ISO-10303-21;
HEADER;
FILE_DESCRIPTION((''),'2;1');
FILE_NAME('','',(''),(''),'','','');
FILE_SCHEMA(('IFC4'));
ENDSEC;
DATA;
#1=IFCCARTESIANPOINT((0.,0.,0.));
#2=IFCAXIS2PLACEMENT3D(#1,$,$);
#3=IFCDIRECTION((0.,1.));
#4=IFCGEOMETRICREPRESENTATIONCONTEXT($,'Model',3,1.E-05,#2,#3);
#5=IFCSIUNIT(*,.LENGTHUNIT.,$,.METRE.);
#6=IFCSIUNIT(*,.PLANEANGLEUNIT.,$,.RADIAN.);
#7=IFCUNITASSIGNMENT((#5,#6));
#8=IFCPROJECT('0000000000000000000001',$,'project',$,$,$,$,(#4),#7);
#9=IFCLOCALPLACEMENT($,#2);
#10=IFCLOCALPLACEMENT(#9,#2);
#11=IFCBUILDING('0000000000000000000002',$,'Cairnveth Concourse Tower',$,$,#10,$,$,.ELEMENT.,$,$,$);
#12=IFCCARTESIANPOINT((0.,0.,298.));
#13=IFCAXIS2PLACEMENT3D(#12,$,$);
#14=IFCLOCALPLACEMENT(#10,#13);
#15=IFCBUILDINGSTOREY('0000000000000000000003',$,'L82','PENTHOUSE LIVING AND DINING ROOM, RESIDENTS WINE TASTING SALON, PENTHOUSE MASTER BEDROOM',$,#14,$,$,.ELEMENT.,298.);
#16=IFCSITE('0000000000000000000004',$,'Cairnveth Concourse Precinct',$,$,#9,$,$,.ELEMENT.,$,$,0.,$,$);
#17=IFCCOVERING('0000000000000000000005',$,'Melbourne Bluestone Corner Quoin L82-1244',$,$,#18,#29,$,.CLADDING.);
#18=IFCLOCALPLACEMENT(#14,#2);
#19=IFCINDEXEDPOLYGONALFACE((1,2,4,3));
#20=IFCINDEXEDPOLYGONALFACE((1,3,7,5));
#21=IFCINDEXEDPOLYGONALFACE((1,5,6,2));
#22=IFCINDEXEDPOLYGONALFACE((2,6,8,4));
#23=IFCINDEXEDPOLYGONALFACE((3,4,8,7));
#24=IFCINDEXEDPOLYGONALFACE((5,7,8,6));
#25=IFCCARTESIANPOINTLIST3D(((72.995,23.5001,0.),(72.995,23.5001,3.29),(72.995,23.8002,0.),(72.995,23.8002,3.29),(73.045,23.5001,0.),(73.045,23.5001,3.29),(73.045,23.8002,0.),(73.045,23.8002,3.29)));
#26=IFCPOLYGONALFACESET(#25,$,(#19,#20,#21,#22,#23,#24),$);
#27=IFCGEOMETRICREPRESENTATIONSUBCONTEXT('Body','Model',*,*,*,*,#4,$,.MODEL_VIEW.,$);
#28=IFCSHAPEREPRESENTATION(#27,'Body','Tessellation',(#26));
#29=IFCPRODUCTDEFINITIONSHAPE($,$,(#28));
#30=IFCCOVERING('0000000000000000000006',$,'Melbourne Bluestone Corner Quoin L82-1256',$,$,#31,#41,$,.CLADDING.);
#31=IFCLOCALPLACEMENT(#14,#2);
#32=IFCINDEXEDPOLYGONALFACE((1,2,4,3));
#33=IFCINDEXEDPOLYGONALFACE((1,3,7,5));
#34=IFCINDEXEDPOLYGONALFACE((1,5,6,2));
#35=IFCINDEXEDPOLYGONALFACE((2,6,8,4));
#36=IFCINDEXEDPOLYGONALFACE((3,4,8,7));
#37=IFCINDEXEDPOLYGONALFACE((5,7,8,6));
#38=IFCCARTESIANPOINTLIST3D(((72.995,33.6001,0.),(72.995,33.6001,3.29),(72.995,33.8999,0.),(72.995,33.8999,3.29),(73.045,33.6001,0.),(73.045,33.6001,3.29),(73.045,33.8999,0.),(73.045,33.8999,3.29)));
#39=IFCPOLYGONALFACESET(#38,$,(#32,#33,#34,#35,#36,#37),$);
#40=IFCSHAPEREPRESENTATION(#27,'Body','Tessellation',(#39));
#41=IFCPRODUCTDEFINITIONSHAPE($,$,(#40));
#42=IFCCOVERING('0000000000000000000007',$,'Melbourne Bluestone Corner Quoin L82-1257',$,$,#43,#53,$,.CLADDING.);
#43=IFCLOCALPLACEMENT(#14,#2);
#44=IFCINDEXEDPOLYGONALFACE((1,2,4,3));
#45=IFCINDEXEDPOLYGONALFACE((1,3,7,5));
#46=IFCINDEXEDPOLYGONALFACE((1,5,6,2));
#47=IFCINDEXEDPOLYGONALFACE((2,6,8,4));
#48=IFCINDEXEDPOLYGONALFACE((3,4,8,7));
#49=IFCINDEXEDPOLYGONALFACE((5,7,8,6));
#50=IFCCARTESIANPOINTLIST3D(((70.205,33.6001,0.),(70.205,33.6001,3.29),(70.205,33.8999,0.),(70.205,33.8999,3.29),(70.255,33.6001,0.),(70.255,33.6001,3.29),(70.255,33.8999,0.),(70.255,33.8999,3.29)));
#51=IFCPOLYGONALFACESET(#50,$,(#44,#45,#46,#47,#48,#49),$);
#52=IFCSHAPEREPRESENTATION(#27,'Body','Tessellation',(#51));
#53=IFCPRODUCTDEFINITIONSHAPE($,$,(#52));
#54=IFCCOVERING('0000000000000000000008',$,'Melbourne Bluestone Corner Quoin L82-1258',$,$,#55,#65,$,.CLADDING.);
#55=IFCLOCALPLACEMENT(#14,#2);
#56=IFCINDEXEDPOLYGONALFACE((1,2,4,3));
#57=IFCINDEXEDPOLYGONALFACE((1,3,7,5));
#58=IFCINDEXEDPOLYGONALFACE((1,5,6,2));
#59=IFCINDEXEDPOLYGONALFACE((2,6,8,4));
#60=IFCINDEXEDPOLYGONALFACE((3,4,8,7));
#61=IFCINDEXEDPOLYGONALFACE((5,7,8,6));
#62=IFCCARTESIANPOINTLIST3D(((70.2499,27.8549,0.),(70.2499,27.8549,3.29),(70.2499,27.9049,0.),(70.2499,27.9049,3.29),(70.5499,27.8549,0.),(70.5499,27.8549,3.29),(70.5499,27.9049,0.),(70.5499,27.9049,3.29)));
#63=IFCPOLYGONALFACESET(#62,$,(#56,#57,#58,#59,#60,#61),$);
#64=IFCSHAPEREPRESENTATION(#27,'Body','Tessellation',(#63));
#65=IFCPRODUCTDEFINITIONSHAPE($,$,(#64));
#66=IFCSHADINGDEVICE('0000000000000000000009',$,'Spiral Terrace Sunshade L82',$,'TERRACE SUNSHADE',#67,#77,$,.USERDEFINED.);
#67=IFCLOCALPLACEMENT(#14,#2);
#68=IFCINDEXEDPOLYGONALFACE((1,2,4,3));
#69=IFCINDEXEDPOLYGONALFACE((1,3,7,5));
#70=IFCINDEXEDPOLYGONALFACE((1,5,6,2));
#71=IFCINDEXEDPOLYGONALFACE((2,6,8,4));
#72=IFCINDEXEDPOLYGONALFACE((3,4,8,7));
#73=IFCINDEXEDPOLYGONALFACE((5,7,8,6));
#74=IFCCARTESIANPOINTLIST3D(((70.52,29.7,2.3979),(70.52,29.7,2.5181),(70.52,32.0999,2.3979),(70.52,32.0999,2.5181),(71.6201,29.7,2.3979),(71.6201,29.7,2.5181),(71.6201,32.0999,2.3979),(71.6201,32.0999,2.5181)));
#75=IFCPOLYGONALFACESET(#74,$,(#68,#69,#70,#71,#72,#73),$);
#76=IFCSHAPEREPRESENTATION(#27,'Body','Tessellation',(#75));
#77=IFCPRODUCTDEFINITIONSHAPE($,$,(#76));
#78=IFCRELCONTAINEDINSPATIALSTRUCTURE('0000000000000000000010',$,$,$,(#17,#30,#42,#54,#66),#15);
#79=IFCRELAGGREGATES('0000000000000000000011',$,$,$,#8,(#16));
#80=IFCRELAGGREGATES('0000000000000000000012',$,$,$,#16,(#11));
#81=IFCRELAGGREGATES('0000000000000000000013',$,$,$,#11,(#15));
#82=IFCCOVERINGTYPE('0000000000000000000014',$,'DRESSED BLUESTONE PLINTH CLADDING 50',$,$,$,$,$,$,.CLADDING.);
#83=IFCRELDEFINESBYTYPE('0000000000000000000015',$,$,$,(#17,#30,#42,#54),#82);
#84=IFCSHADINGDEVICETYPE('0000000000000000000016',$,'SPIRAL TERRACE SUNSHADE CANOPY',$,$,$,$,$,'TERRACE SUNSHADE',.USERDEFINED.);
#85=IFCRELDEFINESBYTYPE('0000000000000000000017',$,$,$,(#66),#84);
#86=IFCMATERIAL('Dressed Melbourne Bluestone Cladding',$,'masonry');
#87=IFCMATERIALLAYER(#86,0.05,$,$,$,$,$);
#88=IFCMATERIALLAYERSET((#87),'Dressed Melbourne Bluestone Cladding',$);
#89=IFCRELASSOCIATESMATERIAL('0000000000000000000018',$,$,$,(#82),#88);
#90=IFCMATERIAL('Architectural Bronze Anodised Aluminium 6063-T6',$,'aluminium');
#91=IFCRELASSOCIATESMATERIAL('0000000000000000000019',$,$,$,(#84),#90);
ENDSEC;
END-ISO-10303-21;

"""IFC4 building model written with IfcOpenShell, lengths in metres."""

from ifc_helpers import new_model, si_unit, direction, frame, frame_2d, origin, origin_2d, place, context, subcontext, project, spatial, rectangle, extrude, material, layer, layer_set, type_object, element, save


model = new_model("IFC4")

# Units and contexts
model_context = context("Model", 3, precision=1e-05, world=origin(), true_north=direction((0.0, 1.0)))
body_context = subcontext(model_context, "Body", "Model", "MODEL_VIEW")
ifc_project = project(units=[si_unit("LENGTHUNIT", "METRE"), si_unit("PLANEANGLEUNIT", "RADIAN")], contexts=[model_context])

# Site, building, storey
site_placement = place(None, origin())
site = spatial("IfcSite", under=ifc_project, at=site_placement, Name="Cairnveth Concourse Precinct", CompositionType="ELEMENT", RefElevation=0.0)
building_placement = place(site_placement, origin())
building = spatial("IfcBuilding", under=site, at=building_placement, Name="Cairnveth Concourse Tower", CompositionType="ELEMENT")
storey_placement = place(building_placement, frame((0.0, 0.0, 298.0)))
storey = spatial("IfcBuildingStorey", under=building, at=storey_placement, Name="L82", Description="PENTHOUSE LIVING AND DINING ROOM, RESIDENTS WINE TASTING SALON, PENTHOUSE MASTER BEDROOM", CompositionType="ELEMENT", Elevation=298.0)

# Shared definitions
ifc_material_1 = material(Name="Dressed Melbourne Bluestone Cladding", Category="masonry")

# Shared definitions
ifc_material_2 = material(Name="Architectural Bronze Anodised Aluminium 6063-T6", Category="aluminium")

# Coverings
ifc_layer_1 = layer(ifc_material_1, 0.05)
ifc_layer_set_1 = layer_set([ifc_layer_1], Name="Dressed Melbourne Bluestone Cladding")
covering_type = type_object("IfcCoveringType", Name="DRESSED BLUESTONE PLINTH CLADDING 50", PredefinedType="CLADDING", material=ifc_layer_set_1)
for number, where, z_axis, x_axis, name in (
    (1, (73.02, 23.8, 0.0), (0.0, 0.0, 1.0), (0.0, -1.0, 0.0), "Melbourne Bluestone Corner Quoin L82-1244"),
):
    element("IfcCovering", number, at=place(storey_placement, frame(where, z_axis=z_axis, x_axis=x_axis)), inside=storey, type_object=covering_type, Name=name, PredefinedType="CLADDING", context=body_context, shape_type="SweptSolid", body=[
        extrude(rectangle(XDim=0.3, YDim=0.05, at=frame_2d((0.1499, 0.0))), origin(), (0.0, 0.0, 1.0), 3.29),
    ])
for number, where, z_axis, x_axis, name in (
    (2, (73.02, 33.8999, 0.0), (0.0, 0.0, 1.0), (0.0, -1.0, 0.0), "Melbourne Bluestone Corner Quoin L82-1256"),
    (3, (70.23, 33.8999, 0.0), (0.0, 0.0, 1.0), (0.0, -1.0, 0.0), "Melbourne Bluestone Corner Quoin L82-1257"),
):
    element("IfcCovering", number, at=place(storey_placement, frame(where, z_axis=z_axis, x_axis=x_axis)), inside=storey, type_object=covering_type, Name=name, PredefinedType="CLADDING", context=body_context, shape_type="SweptSolid", body=[
        extrude(rectangle(XDim=0.2998, YDim=0.05, at=frame_2d((0.1499, 0.0))), origin(), (0.0, 0.0, 1.0), 3.29),
    ])
covering_placement = place(storey_placement, frame((70.25, 27.8799, 0.0), z_axis=(0.0, 0.0, 1.0), x_axis=(1.0, 0.0, 0.0)))
element("IfcCovering", 4, at=covering_placement, inside=storey, type_object=covering_type, Name="Melbourne Bluestone Corner Quoin L82-1258", PredefinedType="CLADDING", context=body_context, shape_type="SweptSolid", body=[
    extrude(rectangle(XDim=0.3, YDim=0.05, at=frame_2d((0.1499, 0.0))), origin(), (0.0, 0.0, 1.0), 3.29),
])

# Shading device
shading_device_type = type_object("IfcShadingDeviceType", Name="SPIRAL TERRACE SUNSHADE CANOPY", ElementType="TERRACE SUNSHADE", PredefinedType="USERDEFINED", material=ifc_material_2)
shading_device_placement = place(storey_placement, frame((71.0701, 30.8999, 2.3979), z_axis=(0.0, 0.0, 1.0), x_axis=(1.0, 0.0, 0.0)))
element("IfcShadingDevice", 5, at=shading_device_placement, inside=storey, type_object=shading_device_type, Name="Spiral Terrace Sunshade L82", ObjectType="TERRACE SUNSHADE", PredefinedType="USERDEFINED", context=body_context, shape_type="SweptSolid", body=[
    extrude(rectangle(XDim=1.1001, YDim=2.3999, at=origin_2d()), origin(), (0.0, 0.0, 1.0), 0.1201),
])

save(model, "model.ifc")
